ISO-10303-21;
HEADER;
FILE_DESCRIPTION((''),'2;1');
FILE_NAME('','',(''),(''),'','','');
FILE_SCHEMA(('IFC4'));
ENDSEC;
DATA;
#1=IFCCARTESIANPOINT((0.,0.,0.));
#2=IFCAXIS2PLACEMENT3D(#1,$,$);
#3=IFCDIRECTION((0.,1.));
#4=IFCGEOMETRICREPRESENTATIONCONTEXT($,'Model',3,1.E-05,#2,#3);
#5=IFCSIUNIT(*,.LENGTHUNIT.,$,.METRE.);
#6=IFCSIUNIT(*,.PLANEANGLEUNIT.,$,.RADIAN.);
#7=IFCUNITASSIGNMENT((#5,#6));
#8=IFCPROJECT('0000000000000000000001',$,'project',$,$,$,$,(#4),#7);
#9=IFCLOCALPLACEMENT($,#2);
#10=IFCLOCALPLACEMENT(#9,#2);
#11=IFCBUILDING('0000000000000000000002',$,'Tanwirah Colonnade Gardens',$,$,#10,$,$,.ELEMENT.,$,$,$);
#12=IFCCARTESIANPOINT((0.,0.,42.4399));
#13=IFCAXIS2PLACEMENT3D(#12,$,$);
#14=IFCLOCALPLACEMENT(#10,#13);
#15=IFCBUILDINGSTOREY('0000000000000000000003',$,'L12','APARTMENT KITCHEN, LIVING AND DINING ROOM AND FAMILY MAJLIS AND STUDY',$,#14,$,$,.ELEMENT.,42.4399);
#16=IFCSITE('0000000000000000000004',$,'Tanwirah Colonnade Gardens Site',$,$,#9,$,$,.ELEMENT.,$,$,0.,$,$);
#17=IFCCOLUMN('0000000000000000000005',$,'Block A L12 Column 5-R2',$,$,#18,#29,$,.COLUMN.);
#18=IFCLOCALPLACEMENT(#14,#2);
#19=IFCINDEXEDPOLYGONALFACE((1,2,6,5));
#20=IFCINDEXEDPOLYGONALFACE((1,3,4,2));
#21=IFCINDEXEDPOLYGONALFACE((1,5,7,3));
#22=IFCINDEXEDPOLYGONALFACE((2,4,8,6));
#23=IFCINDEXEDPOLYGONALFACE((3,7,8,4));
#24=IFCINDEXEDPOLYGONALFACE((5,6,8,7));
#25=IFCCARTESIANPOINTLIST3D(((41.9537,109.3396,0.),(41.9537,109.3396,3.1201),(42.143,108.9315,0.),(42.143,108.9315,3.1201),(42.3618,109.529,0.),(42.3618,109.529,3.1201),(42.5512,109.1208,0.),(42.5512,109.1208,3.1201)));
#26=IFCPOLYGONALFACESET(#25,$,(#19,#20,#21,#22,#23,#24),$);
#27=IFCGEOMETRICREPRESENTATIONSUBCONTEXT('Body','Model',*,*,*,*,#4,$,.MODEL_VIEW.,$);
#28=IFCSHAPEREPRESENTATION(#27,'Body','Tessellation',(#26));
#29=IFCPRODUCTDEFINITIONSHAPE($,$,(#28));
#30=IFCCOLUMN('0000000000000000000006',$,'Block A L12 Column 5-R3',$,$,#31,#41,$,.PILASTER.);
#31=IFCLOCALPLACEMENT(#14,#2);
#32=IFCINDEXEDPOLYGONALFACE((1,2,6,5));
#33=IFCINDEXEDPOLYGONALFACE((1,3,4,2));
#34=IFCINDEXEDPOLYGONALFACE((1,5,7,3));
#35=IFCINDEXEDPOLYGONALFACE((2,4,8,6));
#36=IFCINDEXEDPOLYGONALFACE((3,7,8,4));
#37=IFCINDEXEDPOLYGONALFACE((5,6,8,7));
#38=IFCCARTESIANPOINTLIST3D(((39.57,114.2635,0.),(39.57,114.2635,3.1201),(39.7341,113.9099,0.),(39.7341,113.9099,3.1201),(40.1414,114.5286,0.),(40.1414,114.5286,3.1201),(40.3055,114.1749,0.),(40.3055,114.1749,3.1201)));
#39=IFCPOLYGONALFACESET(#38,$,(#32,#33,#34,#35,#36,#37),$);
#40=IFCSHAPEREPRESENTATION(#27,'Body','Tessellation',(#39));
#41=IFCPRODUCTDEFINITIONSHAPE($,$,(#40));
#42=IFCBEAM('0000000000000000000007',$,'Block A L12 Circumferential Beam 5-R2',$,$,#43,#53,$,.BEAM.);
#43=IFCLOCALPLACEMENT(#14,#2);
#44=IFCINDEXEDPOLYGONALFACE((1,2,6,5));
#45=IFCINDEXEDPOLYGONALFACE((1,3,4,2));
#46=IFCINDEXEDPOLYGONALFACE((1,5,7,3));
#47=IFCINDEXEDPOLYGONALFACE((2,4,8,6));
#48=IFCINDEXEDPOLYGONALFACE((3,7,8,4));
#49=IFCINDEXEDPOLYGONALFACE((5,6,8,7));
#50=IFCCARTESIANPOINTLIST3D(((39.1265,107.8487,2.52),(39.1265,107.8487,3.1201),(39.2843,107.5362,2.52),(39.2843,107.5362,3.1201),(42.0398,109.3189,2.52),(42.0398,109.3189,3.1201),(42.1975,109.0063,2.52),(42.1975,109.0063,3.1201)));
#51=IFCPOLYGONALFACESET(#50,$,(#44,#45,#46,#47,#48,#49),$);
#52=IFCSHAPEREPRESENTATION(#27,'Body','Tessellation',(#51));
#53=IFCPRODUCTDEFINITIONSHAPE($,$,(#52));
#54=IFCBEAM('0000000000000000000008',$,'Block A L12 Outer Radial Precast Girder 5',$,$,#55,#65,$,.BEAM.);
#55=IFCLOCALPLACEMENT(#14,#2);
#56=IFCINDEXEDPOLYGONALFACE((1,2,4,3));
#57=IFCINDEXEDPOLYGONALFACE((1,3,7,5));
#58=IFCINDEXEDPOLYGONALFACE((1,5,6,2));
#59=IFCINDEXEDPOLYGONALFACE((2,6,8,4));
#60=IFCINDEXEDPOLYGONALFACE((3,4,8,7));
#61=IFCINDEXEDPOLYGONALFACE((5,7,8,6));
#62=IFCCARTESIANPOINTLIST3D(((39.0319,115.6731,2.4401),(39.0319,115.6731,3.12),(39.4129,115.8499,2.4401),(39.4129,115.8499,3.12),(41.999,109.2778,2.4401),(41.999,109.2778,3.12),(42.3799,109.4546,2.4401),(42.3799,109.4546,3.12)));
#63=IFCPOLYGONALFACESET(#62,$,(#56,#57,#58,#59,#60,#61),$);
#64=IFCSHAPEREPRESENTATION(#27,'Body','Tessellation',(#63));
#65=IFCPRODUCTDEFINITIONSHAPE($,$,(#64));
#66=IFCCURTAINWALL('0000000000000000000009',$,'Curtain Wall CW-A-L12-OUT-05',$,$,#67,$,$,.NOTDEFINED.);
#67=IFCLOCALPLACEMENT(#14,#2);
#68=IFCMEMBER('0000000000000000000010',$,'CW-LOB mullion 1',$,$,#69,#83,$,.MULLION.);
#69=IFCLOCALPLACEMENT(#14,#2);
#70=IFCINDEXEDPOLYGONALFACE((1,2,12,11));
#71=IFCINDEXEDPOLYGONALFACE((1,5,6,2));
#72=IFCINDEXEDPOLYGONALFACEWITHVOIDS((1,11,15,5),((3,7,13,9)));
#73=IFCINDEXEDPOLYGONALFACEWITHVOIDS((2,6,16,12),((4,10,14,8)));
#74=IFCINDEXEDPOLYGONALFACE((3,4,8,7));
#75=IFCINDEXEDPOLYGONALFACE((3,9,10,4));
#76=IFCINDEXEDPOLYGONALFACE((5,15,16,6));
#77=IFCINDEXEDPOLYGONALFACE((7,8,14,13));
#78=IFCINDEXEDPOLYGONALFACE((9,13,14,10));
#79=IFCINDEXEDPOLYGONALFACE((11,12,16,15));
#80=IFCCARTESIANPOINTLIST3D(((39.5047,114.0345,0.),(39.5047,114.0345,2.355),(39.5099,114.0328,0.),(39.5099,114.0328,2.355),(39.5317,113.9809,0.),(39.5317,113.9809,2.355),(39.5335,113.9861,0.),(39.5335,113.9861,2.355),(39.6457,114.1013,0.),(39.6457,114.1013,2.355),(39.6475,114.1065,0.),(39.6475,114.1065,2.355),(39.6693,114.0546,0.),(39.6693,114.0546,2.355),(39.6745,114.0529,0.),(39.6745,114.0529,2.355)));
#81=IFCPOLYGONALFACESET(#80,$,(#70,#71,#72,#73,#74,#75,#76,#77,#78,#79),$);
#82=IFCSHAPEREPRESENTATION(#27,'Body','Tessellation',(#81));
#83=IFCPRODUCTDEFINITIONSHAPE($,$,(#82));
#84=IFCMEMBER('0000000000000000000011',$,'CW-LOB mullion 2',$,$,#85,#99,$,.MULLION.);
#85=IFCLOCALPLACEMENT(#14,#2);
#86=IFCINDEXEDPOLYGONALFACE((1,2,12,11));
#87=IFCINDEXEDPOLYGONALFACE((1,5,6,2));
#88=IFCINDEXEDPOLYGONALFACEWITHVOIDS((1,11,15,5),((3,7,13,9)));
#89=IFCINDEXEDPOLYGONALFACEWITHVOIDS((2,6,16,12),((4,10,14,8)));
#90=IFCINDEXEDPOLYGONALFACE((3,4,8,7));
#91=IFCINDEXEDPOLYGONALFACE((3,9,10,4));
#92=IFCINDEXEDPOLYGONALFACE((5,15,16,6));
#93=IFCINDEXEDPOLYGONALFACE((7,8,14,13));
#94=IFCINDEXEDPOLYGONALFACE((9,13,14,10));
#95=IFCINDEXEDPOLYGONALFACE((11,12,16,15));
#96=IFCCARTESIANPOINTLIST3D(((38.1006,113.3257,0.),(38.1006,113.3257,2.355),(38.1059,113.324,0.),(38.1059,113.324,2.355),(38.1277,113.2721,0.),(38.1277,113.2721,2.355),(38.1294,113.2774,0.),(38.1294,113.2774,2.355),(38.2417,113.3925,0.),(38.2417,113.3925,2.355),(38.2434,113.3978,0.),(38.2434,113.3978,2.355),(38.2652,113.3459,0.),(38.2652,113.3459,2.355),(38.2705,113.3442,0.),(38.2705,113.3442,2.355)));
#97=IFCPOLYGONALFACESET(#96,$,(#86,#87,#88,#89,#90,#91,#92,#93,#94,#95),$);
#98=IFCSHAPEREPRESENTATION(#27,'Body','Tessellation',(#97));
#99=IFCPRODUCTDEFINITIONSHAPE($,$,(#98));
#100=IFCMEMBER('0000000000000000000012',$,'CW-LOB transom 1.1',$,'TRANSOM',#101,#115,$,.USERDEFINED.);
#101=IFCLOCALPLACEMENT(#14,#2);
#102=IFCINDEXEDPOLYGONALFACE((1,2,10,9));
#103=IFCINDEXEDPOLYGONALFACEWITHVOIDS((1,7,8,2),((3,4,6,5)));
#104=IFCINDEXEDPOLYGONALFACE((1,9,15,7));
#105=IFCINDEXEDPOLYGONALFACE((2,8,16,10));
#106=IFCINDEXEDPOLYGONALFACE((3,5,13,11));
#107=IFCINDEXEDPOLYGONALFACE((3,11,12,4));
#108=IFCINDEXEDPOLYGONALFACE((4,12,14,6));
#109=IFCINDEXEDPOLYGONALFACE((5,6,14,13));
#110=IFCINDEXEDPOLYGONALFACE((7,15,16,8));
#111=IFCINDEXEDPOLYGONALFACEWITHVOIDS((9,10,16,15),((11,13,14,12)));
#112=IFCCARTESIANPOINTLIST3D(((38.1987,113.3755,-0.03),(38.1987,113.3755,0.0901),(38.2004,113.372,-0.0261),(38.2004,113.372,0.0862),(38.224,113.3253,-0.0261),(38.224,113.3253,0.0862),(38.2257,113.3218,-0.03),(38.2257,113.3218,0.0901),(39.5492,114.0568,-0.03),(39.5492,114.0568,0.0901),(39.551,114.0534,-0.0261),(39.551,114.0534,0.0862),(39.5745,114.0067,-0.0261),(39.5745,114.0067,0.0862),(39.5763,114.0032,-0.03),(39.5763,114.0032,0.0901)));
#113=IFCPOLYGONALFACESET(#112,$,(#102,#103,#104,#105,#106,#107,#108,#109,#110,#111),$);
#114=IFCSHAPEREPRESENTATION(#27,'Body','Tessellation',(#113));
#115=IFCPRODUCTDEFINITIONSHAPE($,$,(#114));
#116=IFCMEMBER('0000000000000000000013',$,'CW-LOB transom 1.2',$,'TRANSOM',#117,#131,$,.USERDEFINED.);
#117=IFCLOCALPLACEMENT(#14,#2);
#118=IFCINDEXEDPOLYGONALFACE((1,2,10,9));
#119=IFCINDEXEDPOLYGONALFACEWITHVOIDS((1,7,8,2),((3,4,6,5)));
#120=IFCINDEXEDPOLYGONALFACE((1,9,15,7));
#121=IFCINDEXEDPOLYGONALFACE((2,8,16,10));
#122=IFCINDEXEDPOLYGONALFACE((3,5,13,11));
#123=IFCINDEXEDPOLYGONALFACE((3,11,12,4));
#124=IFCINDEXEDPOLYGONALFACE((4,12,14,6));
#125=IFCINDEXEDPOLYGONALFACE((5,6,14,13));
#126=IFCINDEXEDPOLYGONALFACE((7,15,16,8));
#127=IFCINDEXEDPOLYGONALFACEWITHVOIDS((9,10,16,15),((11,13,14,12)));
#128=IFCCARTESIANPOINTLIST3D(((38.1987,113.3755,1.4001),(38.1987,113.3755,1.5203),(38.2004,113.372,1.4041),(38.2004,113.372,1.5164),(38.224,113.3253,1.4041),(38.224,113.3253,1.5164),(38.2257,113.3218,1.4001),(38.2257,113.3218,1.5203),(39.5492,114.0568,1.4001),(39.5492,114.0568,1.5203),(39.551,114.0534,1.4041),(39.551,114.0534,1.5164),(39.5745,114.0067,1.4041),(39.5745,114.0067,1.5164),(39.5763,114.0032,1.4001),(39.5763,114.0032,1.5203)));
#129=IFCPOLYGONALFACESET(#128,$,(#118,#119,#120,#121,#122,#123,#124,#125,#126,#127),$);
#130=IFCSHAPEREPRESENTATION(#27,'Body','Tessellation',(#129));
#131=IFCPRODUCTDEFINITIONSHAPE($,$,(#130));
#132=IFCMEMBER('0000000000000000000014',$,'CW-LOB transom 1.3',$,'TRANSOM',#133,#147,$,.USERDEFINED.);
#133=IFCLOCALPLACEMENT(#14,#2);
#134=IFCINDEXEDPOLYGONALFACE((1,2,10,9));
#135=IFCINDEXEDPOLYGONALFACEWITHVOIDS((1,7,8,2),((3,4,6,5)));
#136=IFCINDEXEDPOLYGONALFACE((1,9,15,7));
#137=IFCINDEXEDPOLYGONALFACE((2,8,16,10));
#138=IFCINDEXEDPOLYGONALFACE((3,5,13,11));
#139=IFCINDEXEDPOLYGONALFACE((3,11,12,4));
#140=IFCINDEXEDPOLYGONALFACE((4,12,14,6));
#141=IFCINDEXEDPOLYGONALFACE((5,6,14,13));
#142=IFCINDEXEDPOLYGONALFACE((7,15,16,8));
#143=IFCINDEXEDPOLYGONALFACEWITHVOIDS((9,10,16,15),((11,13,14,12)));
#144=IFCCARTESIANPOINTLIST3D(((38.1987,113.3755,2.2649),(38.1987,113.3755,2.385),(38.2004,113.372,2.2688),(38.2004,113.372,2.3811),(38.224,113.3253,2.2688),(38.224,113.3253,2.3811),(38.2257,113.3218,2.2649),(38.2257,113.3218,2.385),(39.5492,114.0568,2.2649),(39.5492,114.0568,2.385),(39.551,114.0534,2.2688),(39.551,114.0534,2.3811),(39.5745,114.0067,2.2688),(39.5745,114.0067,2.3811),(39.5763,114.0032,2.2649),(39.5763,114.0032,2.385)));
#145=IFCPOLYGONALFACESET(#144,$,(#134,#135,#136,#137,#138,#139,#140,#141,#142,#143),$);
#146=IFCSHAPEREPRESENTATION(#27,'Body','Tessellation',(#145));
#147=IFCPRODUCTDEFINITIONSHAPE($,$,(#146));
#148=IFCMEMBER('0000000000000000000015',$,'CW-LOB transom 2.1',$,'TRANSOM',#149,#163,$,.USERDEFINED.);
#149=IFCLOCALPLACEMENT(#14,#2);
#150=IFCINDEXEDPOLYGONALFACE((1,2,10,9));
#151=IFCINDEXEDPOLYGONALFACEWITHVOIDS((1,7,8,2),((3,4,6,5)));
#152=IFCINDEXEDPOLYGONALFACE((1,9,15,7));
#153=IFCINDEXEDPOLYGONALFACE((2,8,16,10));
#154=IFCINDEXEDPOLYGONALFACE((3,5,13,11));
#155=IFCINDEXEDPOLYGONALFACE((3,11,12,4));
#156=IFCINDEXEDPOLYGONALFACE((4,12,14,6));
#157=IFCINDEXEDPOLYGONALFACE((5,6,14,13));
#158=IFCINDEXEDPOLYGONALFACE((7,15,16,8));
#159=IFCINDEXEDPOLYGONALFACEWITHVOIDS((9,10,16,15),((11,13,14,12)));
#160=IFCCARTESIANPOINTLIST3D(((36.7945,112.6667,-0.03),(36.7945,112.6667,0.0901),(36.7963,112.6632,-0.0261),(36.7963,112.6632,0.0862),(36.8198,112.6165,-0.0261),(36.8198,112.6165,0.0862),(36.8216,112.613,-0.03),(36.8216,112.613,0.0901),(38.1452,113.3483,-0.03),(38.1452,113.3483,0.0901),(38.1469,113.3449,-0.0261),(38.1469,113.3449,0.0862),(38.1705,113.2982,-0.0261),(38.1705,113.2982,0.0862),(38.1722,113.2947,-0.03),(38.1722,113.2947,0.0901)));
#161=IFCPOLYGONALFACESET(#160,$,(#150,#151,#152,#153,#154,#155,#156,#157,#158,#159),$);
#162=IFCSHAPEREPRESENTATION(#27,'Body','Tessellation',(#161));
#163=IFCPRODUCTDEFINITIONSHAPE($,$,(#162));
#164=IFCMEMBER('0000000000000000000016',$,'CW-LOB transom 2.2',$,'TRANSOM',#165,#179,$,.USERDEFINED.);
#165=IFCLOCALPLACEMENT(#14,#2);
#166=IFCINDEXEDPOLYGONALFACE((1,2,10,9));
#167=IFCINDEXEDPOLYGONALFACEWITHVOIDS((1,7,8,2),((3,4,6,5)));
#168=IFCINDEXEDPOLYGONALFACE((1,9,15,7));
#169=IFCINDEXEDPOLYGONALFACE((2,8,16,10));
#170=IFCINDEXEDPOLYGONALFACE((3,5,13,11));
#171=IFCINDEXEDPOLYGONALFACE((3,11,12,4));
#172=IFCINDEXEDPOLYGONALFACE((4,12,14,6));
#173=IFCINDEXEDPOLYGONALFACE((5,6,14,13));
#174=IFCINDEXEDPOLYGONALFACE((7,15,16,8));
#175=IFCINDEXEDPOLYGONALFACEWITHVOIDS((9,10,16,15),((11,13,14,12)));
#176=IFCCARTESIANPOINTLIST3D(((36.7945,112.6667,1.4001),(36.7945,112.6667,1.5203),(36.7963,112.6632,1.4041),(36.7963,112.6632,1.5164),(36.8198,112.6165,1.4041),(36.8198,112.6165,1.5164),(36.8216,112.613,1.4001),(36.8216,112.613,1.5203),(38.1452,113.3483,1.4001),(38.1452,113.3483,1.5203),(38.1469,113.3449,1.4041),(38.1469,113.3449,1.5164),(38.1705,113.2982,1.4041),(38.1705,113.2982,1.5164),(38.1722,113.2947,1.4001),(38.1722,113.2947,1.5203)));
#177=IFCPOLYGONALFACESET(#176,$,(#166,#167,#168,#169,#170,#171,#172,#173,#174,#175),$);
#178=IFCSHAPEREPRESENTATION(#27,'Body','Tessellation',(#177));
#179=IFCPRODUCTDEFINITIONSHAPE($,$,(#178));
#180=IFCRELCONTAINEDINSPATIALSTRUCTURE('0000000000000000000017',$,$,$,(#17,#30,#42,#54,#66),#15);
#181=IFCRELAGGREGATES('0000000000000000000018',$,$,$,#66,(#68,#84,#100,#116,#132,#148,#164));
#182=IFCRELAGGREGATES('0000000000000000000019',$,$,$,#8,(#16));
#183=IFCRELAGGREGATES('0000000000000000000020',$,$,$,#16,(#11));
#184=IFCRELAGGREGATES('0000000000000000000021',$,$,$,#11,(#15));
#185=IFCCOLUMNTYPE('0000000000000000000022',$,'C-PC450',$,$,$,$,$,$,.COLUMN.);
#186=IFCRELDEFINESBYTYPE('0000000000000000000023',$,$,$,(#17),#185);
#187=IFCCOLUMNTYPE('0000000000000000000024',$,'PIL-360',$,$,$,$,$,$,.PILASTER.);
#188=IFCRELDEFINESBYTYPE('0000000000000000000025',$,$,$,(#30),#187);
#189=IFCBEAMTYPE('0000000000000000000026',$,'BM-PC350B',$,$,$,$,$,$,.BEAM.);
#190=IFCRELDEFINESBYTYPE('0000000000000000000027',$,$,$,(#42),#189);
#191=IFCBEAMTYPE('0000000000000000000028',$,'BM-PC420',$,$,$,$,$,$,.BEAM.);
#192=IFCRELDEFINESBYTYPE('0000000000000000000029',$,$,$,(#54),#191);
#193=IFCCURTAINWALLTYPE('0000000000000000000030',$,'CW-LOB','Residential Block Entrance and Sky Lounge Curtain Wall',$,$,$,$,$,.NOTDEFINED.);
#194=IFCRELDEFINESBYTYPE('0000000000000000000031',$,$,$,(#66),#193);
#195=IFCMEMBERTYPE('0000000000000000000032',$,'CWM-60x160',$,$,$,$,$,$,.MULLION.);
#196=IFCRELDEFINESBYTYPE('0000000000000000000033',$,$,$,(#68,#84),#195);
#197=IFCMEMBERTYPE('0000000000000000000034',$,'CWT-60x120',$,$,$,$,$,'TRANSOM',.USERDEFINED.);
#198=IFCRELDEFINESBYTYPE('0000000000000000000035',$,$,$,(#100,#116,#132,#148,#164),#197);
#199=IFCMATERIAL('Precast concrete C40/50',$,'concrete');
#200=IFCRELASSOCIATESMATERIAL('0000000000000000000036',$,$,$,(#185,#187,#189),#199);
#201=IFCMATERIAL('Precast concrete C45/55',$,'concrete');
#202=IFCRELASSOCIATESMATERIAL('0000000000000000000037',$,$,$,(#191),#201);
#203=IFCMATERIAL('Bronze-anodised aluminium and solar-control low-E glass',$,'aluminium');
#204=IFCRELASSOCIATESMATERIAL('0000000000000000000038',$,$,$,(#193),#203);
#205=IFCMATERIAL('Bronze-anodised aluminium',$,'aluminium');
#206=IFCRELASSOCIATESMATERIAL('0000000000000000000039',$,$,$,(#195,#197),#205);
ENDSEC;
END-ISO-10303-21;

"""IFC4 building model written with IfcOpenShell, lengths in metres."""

from ifc_helpers import new_model, si_unit, direction, frame, origin, origin_2d, place, context, subcontext, project, spatial, rectangle, hollow_rectangle, extrude, material, material_profile, profile_set, type_object, element, aggregate, save


model = new_model("IFC4")

# Units and contexts
model_context = context("Model", 3, precision=1e-05, world=origin(), true_north=direction((0.0, 1.0)))
body_context = subcontext(model_context, "Body", "Model", "MODEL_VIEW")
ifc_project = project(units=[si_unit("LENGTHUNIT", "METRE"), si_unit("PLANEANGLEUNIT", "RADIAN")], contexts=[model_context])

# Site, building, storey
site_placement = place(None, origin())
site = spatial("IfcSite", under=ifc_project, at=site_placement, Name="Tanwirah Colonnade Gardens Site", CompositionType="ELEMENT", RefElevation=0.0)
building_placement = place(site_placement, origin())
building = spatial("IfcBuilding", under=site, at=building_placement, Name="Tanwirah Colonnade Gardens", CompositionType="ELEMENT")
storey_placement = place(building_placement, frame((0.0, 0.0, 42.4399)))
storey = spatial("IfcBuildingStorey", under=building, at=storey_placement, Name="L12", Description="APARTMENT KITCHEN, LIVING AND DINING ROOM AND FAMILY MAJLIS AND STUDY", CompositionType="ELEMENT", Elevation=42.4399)

# Columns
ifc_material_1 = material(Name="Precast concrete C40/50", Category="concrete")
ifc_material_profile_1 = material_profile(ifc_material_1, rectangle(XDim=0.45, YDim=0.45, at=origin_2d()), Name="PC-COL 450x450")
ifc_profile_set_1 = profile_set([ifc_material_profile_1], Name="Precast concrete C40/50")
column_type_1 = type_object("IfcColumnType", Name="C-PC450", PredefinedType="COLUMN", material=ifc_profile_set_1)
column_1_placement = place(storey_placement, frame((42.2524, 109.2302, 0.0), z_axis=(0.0, 0.0, 1.0), x_axis=(-0.42086, 0.907126, 0.0)))
element("IfcColumn", 1, at=column_1_placement, inside=storey, type_object=column_type_1, Name="Block A L12 Column 5-R2", PredefinedType="COLUMN", context=body_context, shape_type="SweptSolid", body=[
    extrude(rectangle(XDim=0.45, YDim=0.45, at=origin_2d()), origin(), (0.0, 0.0, 1.0), 3.1201),
])
ifc_material_profile_2 = material_profile(ifc_material_1, rectangle(XDim=0.3899, YDim=0.6299, at=origin_2d()), Name="PC-PIL 390x630")
ifc_profile_set_2 = profile_set([ifc_material_profile_2], Name="Precast concrete C40/50")
column_type_2 = type_object("IfcColumnType", Name="PIL-360", PredefinedType="PILASTER", material=ifc_profile_set_2)
column_2_placement = place(storey_placement, frame((39.9377, 114.2192, 0.0), z_axis=(0.0, 0.0, 1.0), x_axis=(-0.42086, 0.907126, 0.0)))
element("IfcColumn", 2, at=column_2_placement, inside=storey, type_object=column_type_2, Name="Block A L12 Column 5-R3", PredefinedType="PILASTER", context=body_context, shape_type="SweptSolid", body=[
    extrude(rectangle(XDim=0.3899, YDim=0.6299, at=origin_2d()), origin(), (0.0, 0.0, 1.0), 3.1201),
])

# Beams
ifc_material_profile_3 = material_profile(ifc_material_1, rectangle(XDim=0.3501, YDim=0.6001, at=origin_2d()), Name="PC-BM 350x600")
ifc_profile_set_3 = profile_set([ifc_material_profile_3], Name="Precast concrete C40/50")
beam_type_1 = type_object("IfcBeamType", Name="BM-PC350B", PredefinedType="BEAM", material=ifc_profile_set_3)
beam_1_placement = place(storey_placement, frame((42.1187, 109.1626, 2.8201), z_axis=(-0.89276, -0.450532, 0.0), x_axis=(0.450532, -0.89276, 0.0)))
element("IfcBeam", 3, at=beam_1_placement, inside=storey, type_object=beam_type_1, Name="Block A L12 Circumferential Beam 5-R2", PredefinedType="BEAM", context=body_context, shape_type="SweptSolid", body=[
    extrude(rectangle(XDim=0.3501, YDim=0.6001, at=origin_2d()), origin(), (0.0, 0.0, 1.0), 3.2632),
])
ifc_material_2 = material(Name="Precast concrete C45/55", Category="concrete")
ifc_material_profile_4 = material_profile(ifc_material_2, rectangle(XDim=0.4199, YDim=0.6799, at=origin_2d()), Name="PC-BM 420x680")
ifc_profile_set_4 = profile_set([ifc_material_profile_4], Name="Precast concrete C45/55")
beam_type_2 = type_object("IfcBeamType", Name="BM-PC420", PredefinedType="BEAM", material=ifc_profile_set_4)
beam_2_placement = place(storey_placement, frame((42.1895, 109.3662, 2.78), z_axis=(-0.420856, 0.907128, 0.0), x_axis=(-0.907128, -0.420856, 0.0)))
element("IfcBeam", 4, at=beam_2_placement, inside=storey, type_object=beam_type_2, Name="Block A L12 Outer Radial Precast Girder 5", PredefinedType="BEAM", context=body_context, shape_type="SweptSolid", body=[
    extrude(rectangle(XDim=0.4199, YDim=0.6799, at=origin_2d()), origin(), (0.0, 0.0, 1.0), 7.05),
])

# Curtain wall, members
ifc_material_3 = material(Name="Bronze-anodised aluminium and solar-control low-E glass", Category="aluminium")
curtain_wall_type = type_object("IfcCurtainWallType", Name="CW-LOB", Description="Residential Block Entrance and Sky Lounge Curtain Wall", PredefinedType="NOTDEFINED", material=ifc_material_3)
curtain_wall_placement = place(storey_placement, origin())
curtain_wall = element("IfcCurtainWall", 5, at=curtain_wall_placement, inside=storey, type_object=curtain_wall_type, Name="Curtain Wall CW-A-L12-OUT-05", PredefinedType="NOTDEFINED")
ifc_material_4 = material(Name="Bronze-anodised aluminium", Category="aluminium")
ifc_material_profile_5 = material_profile(ifc_material_4, hollow_rectangle(XDim=0.0601, YDim=0.1599, WallThickness=0.0039, at=origin_2d()), Name="CW-MUL 60x160x4")
ifc_profile_set_5 = profile_set([ifc_material_profile_5], Name="Bronze-anodised aluminium")
member_type_1 = type_object("IfcMemberType", Name="CWM-60x160", PredefinedType="MULLION", material=ifc_profile_set_5)
member_1_placement = place(storey_placement, frame((39.5896, 114.0437, 0.0), z_axis=(0.0, 0.0, 1.0), x_axis=(0.450532, -0.89276, 0.0)))
member_1 = element("IfcMember", 6, at=member_1_placement, type_object=member_type_1, Name="CW-LOB mullion 1", PredefinedType="MULLION", context=body_context, shape_type="SweptSolid", body=[
    extrude(hollow_rectangle(XDim=0.0601, YDim=0.1599, WallThickness=0.0039, at=origin_2d()), origin(), (0.0, 0.0, 1.0), 2.355),
])
member_2_placement = place(storey_placement, frame((38.1855, 113.335, 0.0), z_axis=(0.0, 0.0, 1.0), x_axis=(0.450532, -0.89276, 0.0)))
member_2 = element("IfcMember", 7, at=member_2_placement, type_object=member_type_1, Name="CW-LOB mullion 2", PredefinedType="MULLION", context=body_context, shape_type="SweptSolid", body=[
    extrude(hollow_rectangle(XDim=0.0601, YDim=0.1599, WallThickness=0.0039, at=origin_2d()), origin(), (0.0, 0.0, 1.0), 2.355),
])
ifc_material_profile_6 = material_profile(ifc_material_4, hollow_rectangle(XDim=0.0601, YDim=0.1201, WallThickness=0.0039, at=origin_2d()), Name="CW-TRN 60x120x4")
ifc_profile_set_6 = profile_set([ifc_material_profile_6], Name="Bronze-anodised aluminium")
member_type_2 = type_object("IfcMemberType", Name="CWT-60x120", ElementType="TRANSOM", PredefinedType="USERDEFINED", material=ifc_profile_set_6)
member_3_placement = place(storey_placement, frame((39.5627, 114.03, 0.03), z_axis=(-0.892807, -0.450438, 0.0), x_axis=(0.450438, -0.892807, 0.0)))
member_3 = element("IfcMember", 8, at=member_3_placement, type_object=member_type_2, Name="CW-LOB transom 1.1", ObjectType="TRANSOM", PredefinedType="USERDEFINED", context=body_context, shape_type="SweptSolid", body=[
    extrude(hollow_rectangle(XDim=0.0601, YDim=0.1201, WallThickness=0.0039, at=origin_2d()), origin(), (0.0, 0.0, 1.0), 1.5127),
])
member_4_placement = place(storey_placement, frame((39.5627, 114.03, 1.4602), z_axis=(-0.892807, -0.450438, 0.0), x_axis=(0.450438, -0.892807, 0.0)))
member_4 = element("IfcMember", 9, at=member_4_placement, type_object=member_type_2, Name="CW-LOB transom 1.2", ObjectType="TRANSOM", PredefinedType="USERDEFINED", context=body_context, shape_type="SweptSolid", body=[
    extrude(hollow_rectangle(XDim=0.0601, YDim=0.1201, WallThickness=0.0039, at=origin_2d()), origin(), (0.0, 0.0, 1.0), 1.5127),
])
member_5_placement = place(storey_placement, frame((39.5627, 114.03, 2.325), z_axis=(-0.892807, -0.450438, 0.0), x_axis=(0.450438, -0.892807, 0.0)))
member_5 = element("IfcMember", 10, at=member_5_placement, type_object=member_type_2, Name="CW-LOB transom 1.3", ObjectType="TRANSOM", PredefinedType="USERDEFINED", context=body_context, shape_type="SweptSolid", body=[
    extrude(hollow_rectangle(XDim=0.0601, YDim=0.1201, WallThickness=0.0039, at=origin_2d()), origin(), (0.0, 0.0, 1.0), 1.5127),
])
member_6_placement = place(storey_placement, frame((38.1587, 113.3215, 0.03), z_axis=(-0.892743, -0.450567, 0.0), x_axis=(0.450567, -0.892743, 0.0)))
member_6 = element("IfcMember", 11, at=member_6_placement, type_object=member_type_2, Name="CW-LOB transom 2.1", ObjectType="TRANSOM", PredefinedType="USERDEFINED", context=body_context, shape_type="SweptSolid", body=[
    extrude(hollow_rectangle(XDim=0.0601, YDim=0.1201, WallThickness=0.0039, at=origin_2d()), origin(), (0.0, 0.0, 1.0), 1.5129),
])
member_7_placement = place(storey_placement, frame((38.1587, 113.3215, 1.4602), z_axis=(-0.892743, -0.450567, 0.0), x_axis=(0.450567, -0.892743, 0.0)))
member_7 = element("IfcMember", 12, at=member_7_placement, type_object=member_type_2, Name="CW-LOB transom 2.2", ObjectType="TRANSOM", PredefinedType="USERDEFINED", context=body_context, shape_type="SweptSolid", body=[
    extrude(hollow_rectangle(XDim=0.0601, YDim=0.1201, WallThickness=0.0039, at=origin_2d()), origin(), (0.0, 0.0, 1.0), 1.5129),
])

aggregate(curtain_wall, [member_1, member_2, member_3, member_4, member_5, member_6, member_7])

save(model, "model.ifc")
